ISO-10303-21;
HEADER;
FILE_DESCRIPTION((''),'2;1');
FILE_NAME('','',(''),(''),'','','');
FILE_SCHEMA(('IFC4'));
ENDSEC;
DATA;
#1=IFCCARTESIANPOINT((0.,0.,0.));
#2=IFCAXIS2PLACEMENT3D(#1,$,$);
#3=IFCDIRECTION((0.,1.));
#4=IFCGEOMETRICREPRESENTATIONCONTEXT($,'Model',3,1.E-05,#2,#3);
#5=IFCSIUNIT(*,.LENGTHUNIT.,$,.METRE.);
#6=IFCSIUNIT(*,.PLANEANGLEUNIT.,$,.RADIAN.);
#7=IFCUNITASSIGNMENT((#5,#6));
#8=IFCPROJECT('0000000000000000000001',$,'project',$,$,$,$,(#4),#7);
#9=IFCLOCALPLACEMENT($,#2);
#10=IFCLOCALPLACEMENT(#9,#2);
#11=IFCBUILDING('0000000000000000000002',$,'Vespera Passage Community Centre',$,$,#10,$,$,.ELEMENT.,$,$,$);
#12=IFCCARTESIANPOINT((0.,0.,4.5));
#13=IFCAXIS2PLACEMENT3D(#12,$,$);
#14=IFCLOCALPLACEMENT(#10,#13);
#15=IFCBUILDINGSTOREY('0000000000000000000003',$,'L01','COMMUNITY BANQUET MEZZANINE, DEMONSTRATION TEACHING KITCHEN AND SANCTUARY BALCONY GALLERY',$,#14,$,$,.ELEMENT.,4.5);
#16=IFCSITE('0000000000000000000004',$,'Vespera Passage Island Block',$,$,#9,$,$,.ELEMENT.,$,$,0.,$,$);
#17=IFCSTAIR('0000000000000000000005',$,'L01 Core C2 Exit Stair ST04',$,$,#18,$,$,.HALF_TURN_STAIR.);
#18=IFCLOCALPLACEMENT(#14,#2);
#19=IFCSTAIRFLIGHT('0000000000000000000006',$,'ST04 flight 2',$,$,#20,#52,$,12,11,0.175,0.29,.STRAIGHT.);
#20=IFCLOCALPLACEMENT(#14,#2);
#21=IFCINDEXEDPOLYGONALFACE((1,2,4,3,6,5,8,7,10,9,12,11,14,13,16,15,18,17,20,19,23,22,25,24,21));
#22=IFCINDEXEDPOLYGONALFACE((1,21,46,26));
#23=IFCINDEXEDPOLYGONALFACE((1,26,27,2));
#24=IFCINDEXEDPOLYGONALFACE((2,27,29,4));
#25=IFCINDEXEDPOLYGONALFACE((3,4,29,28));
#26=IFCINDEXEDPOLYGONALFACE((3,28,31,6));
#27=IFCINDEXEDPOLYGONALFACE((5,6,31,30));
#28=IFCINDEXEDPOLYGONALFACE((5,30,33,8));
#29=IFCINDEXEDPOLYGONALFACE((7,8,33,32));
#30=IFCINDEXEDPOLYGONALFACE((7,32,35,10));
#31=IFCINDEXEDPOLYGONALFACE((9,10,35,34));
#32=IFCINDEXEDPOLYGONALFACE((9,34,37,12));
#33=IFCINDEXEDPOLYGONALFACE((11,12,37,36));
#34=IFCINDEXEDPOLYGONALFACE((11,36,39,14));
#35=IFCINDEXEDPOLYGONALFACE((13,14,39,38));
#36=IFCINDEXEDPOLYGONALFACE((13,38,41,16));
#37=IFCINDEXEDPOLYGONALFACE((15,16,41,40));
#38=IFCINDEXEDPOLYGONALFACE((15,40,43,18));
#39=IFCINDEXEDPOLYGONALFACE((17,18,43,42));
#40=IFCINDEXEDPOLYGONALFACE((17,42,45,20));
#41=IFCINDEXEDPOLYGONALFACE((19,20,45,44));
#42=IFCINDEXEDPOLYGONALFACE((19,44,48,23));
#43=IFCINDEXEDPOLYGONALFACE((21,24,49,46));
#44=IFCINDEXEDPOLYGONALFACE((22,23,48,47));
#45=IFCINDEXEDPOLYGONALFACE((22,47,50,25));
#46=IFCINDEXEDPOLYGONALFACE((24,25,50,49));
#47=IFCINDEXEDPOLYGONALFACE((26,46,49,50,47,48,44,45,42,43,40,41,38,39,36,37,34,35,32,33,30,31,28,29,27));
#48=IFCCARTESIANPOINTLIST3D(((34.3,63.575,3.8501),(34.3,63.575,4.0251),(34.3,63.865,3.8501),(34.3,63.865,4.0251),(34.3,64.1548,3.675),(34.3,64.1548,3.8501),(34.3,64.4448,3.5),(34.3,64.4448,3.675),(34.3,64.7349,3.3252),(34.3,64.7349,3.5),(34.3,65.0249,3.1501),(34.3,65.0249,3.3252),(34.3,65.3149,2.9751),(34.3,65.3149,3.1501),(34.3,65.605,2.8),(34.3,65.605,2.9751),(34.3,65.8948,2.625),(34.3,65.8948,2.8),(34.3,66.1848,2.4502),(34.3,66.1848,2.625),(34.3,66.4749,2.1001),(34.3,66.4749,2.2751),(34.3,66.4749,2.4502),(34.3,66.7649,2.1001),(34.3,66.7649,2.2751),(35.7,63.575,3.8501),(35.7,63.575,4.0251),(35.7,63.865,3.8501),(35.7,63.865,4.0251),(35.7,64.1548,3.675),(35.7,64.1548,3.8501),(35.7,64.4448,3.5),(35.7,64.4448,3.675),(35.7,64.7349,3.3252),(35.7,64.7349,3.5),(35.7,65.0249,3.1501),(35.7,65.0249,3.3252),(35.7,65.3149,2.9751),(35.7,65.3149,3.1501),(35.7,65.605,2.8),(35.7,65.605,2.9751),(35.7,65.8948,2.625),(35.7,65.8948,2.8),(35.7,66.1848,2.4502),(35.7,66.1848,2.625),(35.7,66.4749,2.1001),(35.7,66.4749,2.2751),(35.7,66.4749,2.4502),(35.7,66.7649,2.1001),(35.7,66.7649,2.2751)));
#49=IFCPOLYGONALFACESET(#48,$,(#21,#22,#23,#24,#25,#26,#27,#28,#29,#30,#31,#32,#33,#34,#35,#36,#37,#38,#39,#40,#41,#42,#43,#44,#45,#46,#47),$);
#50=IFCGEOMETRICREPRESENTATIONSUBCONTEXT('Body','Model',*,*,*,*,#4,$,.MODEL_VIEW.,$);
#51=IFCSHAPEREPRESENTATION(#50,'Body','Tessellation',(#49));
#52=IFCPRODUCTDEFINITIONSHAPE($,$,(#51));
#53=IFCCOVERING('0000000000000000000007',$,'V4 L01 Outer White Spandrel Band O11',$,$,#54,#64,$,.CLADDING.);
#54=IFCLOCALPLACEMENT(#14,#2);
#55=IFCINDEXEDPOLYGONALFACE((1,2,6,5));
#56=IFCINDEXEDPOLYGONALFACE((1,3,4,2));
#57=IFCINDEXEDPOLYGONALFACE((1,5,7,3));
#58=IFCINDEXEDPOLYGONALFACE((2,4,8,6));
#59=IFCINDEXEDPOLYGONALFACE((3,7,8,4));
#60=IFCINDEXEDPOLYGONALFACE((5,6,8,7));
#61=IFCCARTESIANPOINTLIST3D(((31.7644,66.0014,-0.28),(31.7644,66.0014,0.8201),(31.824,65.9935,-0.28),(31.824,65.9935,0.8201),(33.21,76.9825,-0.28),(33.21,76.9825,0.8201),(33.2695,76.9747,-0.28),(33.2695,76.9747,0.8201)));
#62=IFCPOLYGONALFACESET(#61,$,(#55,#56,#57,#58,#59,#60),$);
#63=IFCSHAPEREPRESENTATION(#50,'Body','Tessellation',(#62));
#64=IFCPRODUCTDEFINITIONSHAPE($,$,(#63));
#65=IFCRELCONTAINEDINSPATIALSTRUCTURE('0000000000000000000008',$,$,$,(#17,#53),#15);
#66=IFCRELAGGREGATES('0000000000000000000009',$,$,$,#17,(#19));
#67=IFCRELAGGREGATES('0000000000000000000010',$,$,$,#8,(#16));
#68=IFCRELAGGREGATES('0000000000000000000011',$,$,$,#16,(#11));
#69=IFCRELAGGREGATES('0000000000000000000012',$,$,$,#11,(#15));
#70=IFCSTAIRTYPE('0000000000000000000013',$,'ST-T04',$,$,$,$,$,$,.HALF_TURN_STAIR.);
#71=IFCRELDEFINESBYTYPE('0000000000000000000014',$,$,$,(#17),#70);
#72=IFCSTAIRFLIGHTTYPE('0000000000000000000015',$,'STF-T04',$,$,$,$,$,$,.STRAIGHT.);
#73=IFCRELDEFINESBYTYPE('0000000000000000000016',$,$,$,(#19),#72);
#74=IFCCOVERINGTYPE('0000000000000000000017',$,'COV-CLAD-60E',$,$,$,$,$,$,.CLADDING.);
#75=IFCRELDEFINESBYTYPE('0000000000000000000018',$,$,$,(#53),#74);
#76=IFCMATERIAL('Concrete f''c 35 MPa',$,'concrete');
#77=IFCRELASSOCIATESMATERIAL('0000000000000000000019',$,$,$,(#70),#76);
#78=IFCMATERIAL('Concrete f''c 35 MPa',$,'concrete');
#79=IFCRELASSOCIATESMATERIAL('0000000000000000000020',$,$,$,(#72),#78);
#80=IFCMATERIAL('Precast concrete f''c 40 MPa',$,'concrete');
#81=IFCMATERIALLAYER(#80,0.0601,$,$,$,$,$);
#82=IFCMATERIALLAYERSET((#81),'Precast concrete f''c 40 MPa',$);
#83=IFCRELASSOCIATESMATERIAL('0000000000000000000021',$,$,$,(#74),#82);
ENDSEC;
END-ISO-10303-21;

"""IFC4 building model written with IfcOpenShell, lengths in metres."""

from ifc_helpers import new_model, si_unit, direction, frame, frame_2d, origin, place, context, subcontext, project, spatial, polyline, rectangle, outline, extrude, material, layer, layer_set, type_object, element, aggregate, save


model = new_model("IFC4")

# Units and contexts
model_context = context("Model", 3, precision=1e-05, world=origin(), true_north=direction((0.0, 1.0)))
body_context = subcontext(model_context, "Body", "Model", "MODEL_VIEW")
ifc_project = project(units=[si_unit("LENGTHUNIT", "METRE"), si_unit("PLANEANGLEUNIT", "RADIAN")], contexts=[model_context])

# Site, building, storey
site_placement = place(None, origin())
site = spatial("IfcSite", under=ifc_project, at=site_placement, Name="Vespera Passage Island Block", CompositionType="ELEMENT", RefElevation=0.0)
building_placement = place(site_placement, origin())
building = spatial("IfcBuilding", under=site, at=building_placement, Name="Vespera Passage Community Centre", CompositionType="ELEMENT")
storey_placement = place(building_placement, frame((0.0, 0.0, 4.5)))
storey = spatial("IfcBuildingStorey", under=building, at=storey_placement, Name="L01", Description="COMMUNITY BANQUET MEZZANINE, DEMONSTRATION TEACHING KITCHEN AND SANCTUARY BALCONY GALLERY", CompositionType="ELEMENT", Elevation=4.5)

# Stair, stair flight
ifc_material_1 = material(Name="Concrete f'c 35 MPa", Category="concrete")
stair_type = type_object("IfcStairType", Name="ST-T04", PredefinedType="HALF_TURN_STAIR", material=ifc_material_1)
stair_placement = place(storey_placement, origin())
stair = element("IfcStair", 1, at=stair_placement, inside=storey, type_object=stair_type, Name="L01 Core C2 Exit Stair ST04", PredefinedType="HALF_TURN_STAIR")
ifc_material_2 = material(Name="Concrete f'c 35 MPa", Category="concrete")
stair_flight_type = type_object("IfcStairFlightType", Name="STF-T04", PredefinedType="STRAIGHT", material=ifc_material_2)
stair_flight_placement = place(storey_placement, frame((35.0, 66.7649, 2.1001), z_axis=(0.0, 0.0, 1.0), x_axis=(0.0, -1.0, 0.0)))
stair_flight = element("IfcStairFlight", 2, at=stair_flight_placement, type_object=stair_flight_type, Name="ST04 flight 2", NumberOfRisers=12, NumberOfTreads=11, PredefinedType="STRAIGHT", RiserHeight=0.175, TreadLength=0.29, context=body_context, shape_type="SweptSolid", body=[
    extrude(outline(polyline([(0.0, 0.0), (0.0, 0.175), (0.29, 0.175), (0.29, 0.3501), (0.5801, 0.3501), (0.5801, 0.5249), (0.8701, 0.5249), (0.8701, 0.7), (1.1599, 0.7), (1.1599, 0.875), (1.45, 0.875), (1.45, 1.05), (1.74, 1.05), (1.74, 1.2251), (2.03, 1.2251), (2.03, 1.3999), (2.3201, 1.3999), (2.3201, 1.575), (2.6101, 1.575), (2.6101, 1.75), (2.8999, 1.75), (2.8999, 1.925), (3.1899, 1.925), (3.1899, 2.1001), (3.1899, 1.75), (0.29, 0.0), (0.0, 0.0)])), frame((0.0, 0.7, 0.0), z_axis=(0.0, -1.0, 0.0), x_axis=(1.0, 0.0, 0.0)), (0.0, 0.0, 1.0), 1.3999),
])
aggregate(stair, [stair_flight])

# Covering
ifc_material_3 = material(Name="Precast concrete f'c 40 MPa", Category="concrete")
ifc_layer_1 = layer(ifc_material_3, 0.0601)
ifc_layer_set_1 = layer_set([ifc_layer_1], Name="Precast concrete f'c 40 MPa")
covering_type = type_object("IfcCoveringType", Name="COV-CLAD-60E", PredefinedType="CLADDING", material=ifc_layer_set_1)
covering_placement = place(storey_placement, frame((31.7942, 65.9973, -0.28), z_axis=(0.0, 0.0, 1.0), x_axis=(0.130513, 0.991447, 0.0)))
element("IfcCovering", 3, at=covering_placement, inside=storey, type_object=covering_type, Name="V4 L01 Outer White Spandrel Band O11", PredefinedType="CLADDING", context=body_context, shape_type="SweptSolid", body=[
    extrude(rectangle(XDim=11.0759, YDim=0.0601, at=frame_2d((5.5381, 0.0))), origin(), (0.0, 0.0, 1.0), 1.1001),
])

save(model, "model.ifc")
